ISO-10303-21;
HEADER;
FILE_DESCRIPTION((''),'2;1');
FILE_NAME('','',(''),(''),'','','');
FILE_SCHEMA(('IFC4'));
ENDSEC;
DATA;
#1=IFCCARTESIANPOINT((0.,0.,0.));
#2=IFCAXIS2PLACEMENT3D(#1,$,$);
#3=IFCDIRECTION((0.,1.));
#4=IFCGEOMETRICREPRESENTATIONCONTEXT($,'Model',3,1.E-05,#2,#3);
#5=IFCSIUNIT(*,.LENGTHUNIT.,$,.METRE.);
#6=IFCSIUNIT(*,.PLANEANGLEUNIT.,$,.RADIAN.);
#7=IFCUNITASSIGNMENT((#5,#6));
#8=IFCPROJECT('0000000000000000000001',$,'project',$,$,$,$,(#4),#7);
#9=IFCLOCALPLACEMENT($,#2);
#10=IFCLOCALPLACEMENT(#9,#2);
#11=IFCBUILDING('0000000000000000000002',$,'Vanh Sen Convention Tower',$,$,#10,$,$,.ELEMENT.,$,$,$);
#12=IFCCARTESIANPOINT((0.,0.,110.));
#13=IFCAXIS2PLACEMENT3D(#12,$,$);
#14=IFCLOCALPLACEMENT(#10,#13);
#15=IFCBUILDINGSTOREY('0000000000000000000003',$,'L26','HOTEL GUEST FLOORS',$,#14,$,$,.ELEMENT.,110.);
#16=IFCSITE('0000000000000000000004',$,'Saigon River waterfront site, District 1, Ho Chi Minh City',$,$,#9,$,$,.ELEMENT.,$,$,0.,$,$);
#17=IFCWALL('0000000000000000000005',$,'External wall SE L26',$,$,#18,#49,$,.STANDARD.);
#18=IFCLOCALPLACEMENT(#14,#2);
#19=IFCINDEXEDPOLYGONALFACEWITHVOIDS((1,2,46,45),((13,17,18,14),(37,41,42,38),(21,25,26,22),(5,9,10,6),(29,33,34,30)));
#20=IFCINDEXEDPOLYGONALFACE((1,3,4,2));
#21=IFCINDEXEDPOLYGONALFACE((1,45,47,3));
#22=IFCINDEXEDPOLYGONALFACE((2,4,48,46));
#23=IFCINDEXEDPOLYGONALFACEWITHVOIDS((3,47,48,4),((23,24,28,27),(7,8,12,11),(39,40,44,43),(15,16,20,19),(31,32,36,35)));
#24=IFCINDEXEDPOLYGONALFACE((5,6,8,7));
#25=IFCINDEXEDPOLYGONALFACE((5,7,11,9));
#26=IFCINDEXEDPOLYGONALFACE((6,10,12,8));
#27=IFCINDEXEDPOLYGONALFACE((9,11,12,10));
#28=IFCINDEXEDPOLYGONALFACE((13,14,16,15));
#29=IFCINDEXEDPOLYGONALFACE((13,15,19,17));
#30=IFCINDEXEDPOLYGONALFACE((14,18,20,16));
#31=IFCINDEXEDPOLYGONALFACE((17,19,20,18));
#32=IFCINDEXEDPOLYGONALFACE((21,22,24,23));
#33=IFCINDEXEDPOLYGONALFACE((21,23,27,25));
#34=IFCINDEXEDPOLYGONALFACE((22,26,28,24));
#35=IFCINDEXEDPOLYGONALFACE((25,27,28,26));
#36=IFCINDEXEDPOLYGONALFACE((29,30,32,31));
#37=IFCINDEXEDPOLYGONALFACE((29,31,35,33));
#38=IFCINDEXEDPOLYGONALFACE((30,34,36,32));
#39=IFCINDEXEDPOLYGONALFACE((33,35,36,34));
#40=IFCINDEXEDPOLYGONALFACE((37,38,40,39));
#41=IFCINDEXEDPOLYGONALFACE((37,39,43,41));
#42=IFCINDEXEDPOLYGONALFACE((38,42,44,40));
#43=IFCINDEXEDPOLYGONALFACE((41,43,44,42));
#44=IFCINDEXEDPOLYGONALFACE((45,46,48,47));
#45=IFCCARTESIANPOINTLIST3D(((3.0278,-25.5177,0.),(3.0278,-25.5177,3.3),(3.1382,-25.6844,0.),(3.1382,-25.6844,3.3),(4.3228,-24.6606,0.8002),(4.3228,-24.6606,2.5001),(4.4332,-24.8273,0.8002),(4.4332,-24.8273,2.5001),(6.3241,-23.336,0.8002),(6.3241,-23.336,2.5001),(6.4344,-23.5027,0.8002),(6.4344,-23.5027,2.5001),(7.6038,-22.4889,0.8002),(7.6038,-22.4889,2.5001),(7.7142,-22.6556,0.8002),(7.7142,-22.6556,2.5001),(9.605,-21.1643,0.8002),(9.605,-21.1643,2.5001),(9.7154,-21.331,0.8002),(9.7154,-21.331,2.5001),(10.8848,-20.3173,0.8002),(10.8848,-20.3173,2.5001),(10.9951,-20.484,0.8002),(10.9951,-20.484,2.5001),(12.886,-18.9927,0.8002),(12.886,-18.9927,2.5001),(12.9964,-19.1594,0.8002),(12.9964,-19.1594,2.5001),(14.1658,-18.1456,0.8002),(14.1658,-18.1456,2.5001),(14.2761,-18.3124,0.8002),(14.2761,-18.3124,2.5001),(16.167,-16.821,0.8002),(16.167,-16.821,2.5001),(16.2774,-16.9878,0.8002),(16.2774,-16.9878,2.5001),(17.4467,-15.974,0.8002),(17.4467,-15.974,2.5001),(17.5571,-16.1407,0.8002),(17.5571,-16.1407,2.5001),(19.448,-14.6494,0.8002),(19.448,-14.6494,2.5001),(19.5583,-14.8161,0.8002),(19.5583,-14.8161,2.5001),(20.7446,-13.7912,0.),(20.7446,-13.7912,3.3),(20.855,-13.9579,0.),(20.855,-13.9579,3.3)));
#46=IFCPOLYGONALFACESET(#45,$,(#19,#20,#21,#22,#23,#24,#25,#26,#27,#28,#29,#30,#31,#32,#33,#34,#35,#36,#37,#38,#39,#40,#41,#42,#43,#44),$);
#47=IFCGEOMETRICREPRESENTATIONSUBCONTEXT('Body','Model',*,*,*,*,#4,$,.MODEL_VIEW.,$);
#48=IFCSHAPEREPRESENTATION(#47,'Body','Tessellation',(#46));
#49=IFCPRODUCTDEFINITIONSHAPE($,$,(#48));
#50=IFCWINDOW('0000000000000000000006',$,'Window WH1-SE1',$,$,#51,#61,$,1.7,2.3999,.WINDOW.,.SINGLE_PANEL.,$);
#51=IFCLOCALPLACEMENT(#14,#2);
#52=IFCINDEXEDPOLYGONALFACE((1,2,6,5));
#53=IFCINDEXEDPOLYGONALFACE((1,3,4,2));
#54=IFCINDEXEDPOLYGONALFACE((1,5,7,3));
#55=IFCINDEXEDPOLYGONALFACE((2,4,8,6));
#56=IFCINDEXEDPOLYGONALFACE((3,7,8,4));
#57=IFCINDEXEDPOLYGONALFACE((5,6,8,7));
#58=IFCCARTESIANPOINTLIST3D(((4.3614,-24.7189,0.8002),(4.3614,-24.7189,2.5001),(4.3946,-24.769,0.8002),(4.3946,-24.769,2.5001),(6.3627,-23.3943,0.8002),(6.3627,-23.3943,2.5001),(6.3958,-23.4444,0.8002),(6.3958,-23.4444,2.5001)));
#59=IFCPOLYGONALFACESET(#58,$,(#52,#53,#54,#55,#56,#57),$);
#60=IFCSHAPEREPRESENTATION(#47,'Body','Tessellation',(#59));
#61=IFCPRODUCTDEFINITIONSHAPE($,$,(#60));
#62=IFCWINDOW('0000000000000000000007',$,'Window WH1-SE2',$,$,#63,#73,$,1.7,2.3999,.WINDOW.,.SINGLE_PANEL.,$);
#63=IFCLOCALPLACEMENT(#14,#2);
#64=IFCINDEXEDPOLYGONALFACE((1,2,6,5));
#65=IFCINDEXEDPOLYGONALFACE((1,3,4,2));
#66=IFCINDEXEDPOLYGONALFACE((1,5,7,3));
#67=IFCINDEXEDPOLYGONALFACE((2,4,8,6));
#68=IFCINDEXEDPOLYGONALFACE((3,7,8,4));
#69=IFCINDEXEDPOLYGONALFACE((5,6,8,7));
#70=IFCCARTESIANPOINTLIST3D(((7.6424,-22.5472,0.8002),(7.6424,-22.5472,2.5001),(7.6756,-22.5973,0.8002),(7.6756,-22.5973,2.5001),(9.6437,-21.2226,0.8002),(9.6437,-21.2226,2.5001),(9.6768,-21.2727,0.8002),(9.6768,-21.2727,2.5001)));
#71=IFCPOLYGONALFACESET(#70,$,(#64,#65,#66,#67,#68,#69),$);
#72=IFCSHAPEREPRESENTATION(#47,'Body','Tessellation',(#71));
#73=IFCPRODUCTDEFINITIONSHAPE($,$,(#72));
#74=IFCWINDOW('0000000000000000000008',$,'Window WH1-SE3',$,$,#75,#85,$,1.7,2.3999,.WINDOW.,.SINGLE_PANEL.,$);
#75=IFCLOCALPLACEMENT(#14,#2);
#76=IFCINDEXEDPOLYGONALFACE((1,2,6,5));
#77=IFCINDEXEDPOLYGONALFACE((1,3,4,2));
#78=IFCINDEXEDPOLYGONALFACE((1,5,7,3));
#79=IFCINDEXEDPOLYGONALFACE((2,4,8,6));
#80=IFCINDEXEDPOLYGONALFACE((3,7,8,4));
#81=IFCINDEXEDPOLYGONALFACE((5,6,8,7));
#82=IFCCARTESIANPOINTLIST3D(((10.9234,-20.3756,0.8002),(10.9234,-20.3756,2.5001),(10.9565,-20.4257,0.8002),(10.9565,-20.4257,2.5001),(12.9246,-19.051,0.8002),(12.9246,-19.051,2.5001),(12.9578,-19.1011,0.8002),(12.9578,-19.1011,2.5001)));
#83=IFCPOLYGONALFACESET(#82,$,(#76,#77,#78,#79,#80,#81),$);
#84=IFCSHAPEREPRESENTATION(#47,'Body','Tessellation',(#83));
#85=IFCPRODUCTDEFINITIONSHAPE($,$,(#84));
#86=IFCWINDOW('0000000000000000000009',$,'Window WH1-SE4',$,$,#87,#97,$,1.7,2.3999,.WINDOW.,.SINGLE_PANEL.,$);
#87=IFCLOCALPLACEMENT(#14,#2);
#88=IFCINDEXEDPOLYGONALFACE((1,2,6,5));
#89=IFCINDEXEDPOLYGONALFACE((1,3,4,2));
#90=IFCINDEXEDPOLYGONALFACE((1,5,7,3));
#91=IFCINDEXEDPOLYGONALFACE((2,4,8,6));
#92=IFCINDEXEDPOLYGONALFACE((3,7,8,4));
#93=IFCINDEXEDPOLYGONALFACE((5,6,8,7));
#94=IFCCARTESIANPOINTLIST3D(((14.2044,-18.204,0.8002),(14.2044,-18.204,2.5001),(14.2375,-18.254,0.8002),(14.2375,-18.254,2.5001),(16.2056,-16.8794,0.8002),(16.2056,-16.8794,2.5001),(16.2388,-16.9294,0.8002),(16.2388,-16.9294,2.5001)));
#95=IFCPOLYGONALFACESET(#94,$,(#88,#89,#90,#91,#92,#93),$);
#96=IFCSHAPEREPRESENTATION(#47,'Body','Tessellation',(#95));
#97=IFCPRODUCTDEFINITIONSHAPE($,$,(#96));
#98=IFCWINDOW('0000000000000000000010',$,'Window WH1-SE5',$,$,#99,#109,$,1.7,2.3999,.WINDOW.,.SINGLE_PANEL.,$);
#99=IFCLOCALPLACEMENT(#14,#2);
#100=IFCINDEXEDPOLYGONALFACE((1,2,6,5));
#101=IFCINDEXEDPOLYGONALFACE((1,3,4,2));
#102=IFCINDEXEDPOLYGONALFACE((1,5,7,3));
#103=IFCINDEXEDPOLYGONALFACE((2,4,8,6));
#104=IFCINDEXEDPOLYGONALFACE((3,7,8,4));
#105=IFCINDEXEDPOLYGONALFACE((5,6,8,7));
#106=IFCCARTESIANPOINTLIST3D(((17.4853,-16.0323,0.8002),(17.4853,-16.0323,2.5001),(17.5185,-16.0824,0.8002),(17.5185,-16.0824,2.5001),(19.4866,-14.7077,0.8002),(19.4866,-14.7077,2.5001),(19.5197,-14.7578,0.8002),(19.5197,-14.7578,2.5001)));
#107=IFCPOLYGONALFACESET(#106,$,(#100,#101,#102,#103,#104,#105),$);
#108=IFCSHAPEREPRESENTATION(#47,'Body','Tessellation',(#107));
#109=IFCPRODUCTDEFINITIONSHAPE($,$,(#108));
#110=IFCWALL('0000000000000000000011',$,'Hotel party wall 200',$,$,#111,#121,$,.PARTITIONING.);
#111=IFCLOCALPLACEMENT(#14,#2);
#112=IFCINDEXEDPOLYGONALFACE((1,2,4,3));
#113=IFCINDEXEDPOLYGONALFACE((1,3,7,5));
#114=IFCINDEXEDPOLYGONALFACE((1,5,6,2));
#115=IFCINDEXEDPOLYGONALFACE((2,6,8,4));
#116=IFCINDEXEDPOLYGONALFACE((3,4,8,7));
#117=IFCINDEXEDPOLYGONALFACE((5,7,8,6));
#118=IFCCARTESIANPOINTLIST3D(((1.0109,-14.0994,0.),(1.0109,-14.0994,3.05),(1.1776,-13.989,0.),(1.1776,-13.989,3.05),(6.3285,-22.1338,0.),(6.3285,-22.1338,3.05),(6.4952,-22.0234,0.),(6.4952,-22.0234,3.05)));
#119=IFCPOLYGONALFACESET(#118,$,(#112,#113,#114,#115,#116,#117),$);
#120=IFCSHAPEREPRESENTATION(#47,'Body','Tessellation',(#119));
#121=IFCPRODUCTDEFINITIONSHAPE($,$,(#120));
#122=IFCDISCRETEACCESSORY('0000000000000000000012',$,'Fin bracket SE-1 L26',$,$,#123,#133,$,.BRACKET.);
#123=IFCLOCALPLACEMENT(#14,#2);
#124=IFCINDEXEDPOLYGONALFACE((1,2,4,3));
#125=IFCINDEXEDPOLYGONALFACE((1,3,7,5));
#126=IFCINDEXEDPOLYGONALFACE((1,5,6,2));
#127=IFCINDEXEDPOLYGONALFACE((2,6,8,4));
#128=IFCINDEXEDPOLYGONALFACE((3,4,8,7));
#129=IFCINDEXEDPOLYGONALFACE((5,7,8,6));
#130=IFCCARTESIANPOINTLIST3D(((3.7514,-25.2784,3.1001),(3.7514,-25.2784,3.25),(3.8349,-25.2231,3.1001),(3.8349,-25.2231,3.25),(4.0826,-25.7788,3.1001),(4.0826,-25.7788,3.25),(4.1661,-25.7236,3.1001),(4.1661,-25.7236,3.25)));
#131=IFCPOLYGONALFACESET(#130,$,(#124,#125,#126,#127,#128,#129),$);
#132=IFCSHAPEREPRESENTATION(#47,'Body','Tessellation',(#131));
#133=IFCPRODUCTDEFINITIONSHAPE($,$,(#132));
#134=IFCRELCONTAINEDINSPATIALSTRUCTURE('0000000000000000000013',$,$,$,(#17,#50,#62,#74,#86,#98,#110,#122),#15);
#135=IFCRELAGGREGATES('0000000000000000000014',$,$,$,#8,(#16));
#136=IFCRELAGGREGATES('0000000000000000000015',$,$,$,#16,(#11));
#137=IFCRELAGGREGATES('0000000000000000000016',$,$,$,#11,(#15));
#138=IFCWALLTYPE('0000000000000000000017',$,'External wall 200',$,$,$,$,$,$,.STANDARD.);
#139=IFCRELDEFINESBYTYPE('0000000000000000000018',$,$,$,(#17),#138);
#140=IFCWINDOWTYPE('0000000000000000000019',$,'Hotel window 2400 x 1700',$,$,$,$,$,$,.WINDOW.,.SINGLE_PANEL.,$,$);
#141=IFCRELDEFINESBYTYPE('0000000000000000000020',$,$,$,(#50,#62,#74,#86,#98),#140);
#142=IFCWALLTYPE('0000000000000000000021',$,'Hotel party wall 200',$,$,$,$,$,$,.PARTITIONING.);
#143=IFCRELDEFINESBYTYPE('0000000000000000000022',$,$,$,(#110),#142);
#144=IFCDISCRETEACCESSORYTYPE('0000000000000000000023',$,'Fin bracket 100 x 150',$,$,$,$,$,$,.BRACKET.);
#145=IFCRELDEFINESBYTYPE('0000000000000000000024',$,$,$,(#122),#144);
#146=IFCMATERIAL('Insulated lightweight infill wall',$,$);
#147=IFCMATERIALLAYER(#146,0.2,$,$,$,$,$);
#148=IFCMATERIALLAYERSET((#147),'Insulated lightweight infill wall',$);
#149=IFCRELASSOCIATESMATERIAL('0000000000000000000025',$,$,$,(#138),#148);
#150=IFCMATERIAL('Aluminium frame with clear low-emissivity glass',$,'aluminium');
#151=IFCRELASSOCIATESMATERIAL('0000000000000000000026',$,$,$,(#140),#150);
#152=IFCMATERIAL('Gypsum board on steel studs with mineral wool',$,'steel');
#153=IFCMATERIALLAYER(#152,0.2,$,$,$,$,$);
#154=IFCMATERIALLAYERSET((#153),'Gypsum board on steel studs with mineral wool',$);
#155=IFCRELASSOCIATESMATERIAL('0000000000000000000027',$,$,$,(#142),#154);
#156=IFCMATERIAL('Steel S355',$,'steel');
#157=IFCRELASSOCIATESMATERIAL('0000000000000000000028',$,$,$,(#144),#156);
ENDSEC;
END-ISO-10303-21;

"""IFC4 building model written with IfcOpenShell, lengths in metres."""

from ifc_helpers import new_model, si_unit, direction, frame, frame_2d, origin, origin_2d, place, context, subcontext, project, spatial, rectangle, extrude, material, layer, layer_set, type_object, element, fill, save


model = new_model("IFC4")

# Units and contexts
model_context = context("Model", 3, precision=1e-05, world=origin(), true_north=direction((0.0, 1.0)))
body_context = subcontext(model_context, "Body", "Model", "MODEL_VIEW")
ifc_project = project(units=[si_unit("LENGTHUNIT", "METRE"), si_unit("PLANEANGLEUNIT", "RADIAN")], contexts=[model_context])

# Site, building, storey
site_placement = place(None, origin())
site = spatial("IfcSite", under=ifc_project, at=site_placement, Name="Saigon River waterfront site, District 1, Ho Chi Minh City", CompositionType="ELEMENT", RefElevation=0.0)
building_placement = place(site_placement, origin())
building = spatial("IfcBuilding", under=site, at=building_placement, Name="Vanh Sen Convention Tower", CompositionType="ELEMENT")
storey_placement = place(building_placement, frame((0.0, 0.0, 110.0)))
storey = spatial("IfcBuildingStorey", under=building, at=storey_placement, Name="L26", Description="HOTEL GUEST FLOORS", CompositionType="ELEMENT", Elevation=110.0)

# Shared definitions
ifc_material_1 = material(Name="Gypsum board on steel studs with mineral wool", Category="steel")

# Wall, openings, windows
ifc_material_2 = material(Name="Insulated lightweight infill wall")
ifc_layer_1 = layer(ifc_material_2, 0.2)
ifc_layer_set_1 = layer_set([ifc_layer_1], Name="Insulated lightweight infill wall")
wall_type_1 = type_object("IfcWallType", Name="External wall 200", PredefinedType="STANDARD", material=ifc_layer_set_1)
wall_1_placement = place(storey_placement, frame((3.083, -25.6011, 0.0), z_axis=(0.0, 0.0, 1.0), x_axis=(0.833884, 0.551939, 0.0)))
wall_1 = element("IfcWall", 1, at=wall_1_placement, inside=storey, type_object=wall_type_1, Name="External wall SE L26", PredefinedType="STANDARD", context=body_context, shape_type="SweptSolid", body=[
    extrude(rectangle(XDim=21.2461, YDim=0.2, at=frame_2d((10.623, 0.0))), origin(), (0.0, 0.0, 1.0), 3.3),
])
opening_1_placement = place(wall_1_placement, frame((1.553, 0.0, 0.8)))
opening_1 = element("IfcOpeningElement", 2, at=opening_1_placement, cuts=wall_1, PredefinedType="OPENING", context=body_context, shape_type="SweptSolid", body=[
    extrude(rectangle(XDim=2.3999, YDim=1.7, at=frame_2d((1.2, 0.8501))), frame((0.0, 0.1099, 0.0), z_axis=(0.0, -1.0, 0.0), x_axis=(1.0, 0.0, 0.0)), (0.0, 0.0, 1.0), 0.22),
])
opening_2_placement = place(wall_1_placement, frame((5.4875, 0.0, 0.8)))
opening_2 = element("IfcOpeningElement", 3, at=opening_2_placement, cuts=wall_1, PredefinedType="OPENING", context=body_context, shape_type="SweptSolid", body=[
    extrude(rectangle(XDim=2.3999, YDim=1.7, at=frame_2d((1.2, 0.8501))), frame((0.0, 0.1099, 0.0), z_axis=(0.0, -1.0, 0.0), x_axis=(1.0, 0.0, 0.0)), (0.0, 0.0, 1.0), 0.22),
])
opening_3_placement = place(wall_1_placement, frame((9.4221, 0.0, 0.8)))
opening_3 = element("IfcOpeningElement", 4, at=opening_3_placement, cuts=wall_1, PredefinedType="OPENING", context=body_context, shape_type="SweptSolid", body=[
    extrude(rectangle(XDim=2.3999, YDim=1.7, at=frame_2d((1.2, 0.8501))), frame((0.0, 0.1099, 0.0), z_axis=(0.0, -1.0, 0.0), x_axis=(1.0, 0.0, 0.0)), (0.0, 0.0, 1.0), 0.22),
])
opening_4_placement = place(wall_1_placement, frame((13.3567, 0.0, 0.8)))
opening_4 = element("IfcOpeningElement", 5, at=opening_4_placement, cuts=wall_1, PredefinedType="OPENING", context=body_context, shape_type="SweptSolid", body=[
    extrude(rectangle(XDim=2.3999, YDim=1.7, at=frame_2d((1.2, 0.8501))), frame((0.0, 0.1099, 0.0), z_axis=(0.0, -1.0, 0.0), x_axis=(1.0, 0.0, 0.0)), (0.0, 0.0, 1.0), 0.22),
])
opening_5_placement = place(wall_1_placement, frame((17.2913, 0.0, 0.8)))
opening_5 = element("IfcOpeningElement", 6, at=opening_5_placement, cuts=wall_1, PredefinedType="OPENING", context=body_context, shape_type="SweptSolid", body=[
    extrude(rectangle(XDim=2.3999, YDim=1.7, at=frame_2d((1.2, 0.8501))), frame((0.0, 0.1099, 0.0), z_axis=(0.0, -1.0, 0.0), x_axis=(1.0, 0.0, 0.0)), (0.0, 0.0, 1.0), 0.22),
])
ifc_material_3 = material(Name="Aluminium frame with clear low-emissivity glass", Category="aluminium")
window_type = type_object("IfcWindowType", Name="Hotel window 2400 x 1700", PartitioningType="SINGLE_PANEL", PredefinedType="WINDOW", material=ifc_material_3)
window_1_placement = place(opening_1_placement, origin())
window_1 = element("IfcWindow", 7, at=window_1_placement, inside=storey, type_object=window_type, Name="Window WH1-SE1", OverallHeight=1.7, OverallWidth=2.3999, PartitioningType="SINGLE_PANEL", PredefinedType="WINDOW", context=body_context, shape_type="SweptSolid", body=[
    extrude(rectangle(XDim=2.3999, YDim=1.7, at=frame_2d((1.2, 0.8501))), frame((0.0, 0.03, 0.0), z_axis=(0.0, -1.0, 0.0), x_axis=(1.0, 0.0, 0.0)), (0.0, 0.0, 1.0), 0.0601),
])
fill(opening_1, window_1)
window_2_placement = place(opening_2_placement, origin())
window_2 = element("IfcWindow", 8, at=window_2_placement, inside=storey, type_object=window_type, Name="Window WH1-SE2", OverallHeight=1.7, OverallWidth=2.3999, PartitioningType="SINGLE_PANEL", PredefinedType="WINDOW", context=body_context, shape_type="SweptSolid", body=[
    extrude(rectangle(XDim=2.3999, YDim=1.7, at=frame_2d((1.2, 0.8501))), frame((0.0, 0.03, 0.0), z_axis=(0.0, -1.0, 0.0), x_axis=(1.0, 0.0, 0.0)), (0.0, 0.0, 1.0), 0.0601),
])
fill(opening_2, window_2)
window_3_placement = place(opening_3_placement, origin())
window_3 = element("IfcWindow", 9, at=window_3_placement, inside=storey, type_object=window_type, Name="Window WH1-SE3", OverallHeight=1.7, OverallWidth=2.3999, PartitioningType="SINGLE_PANEL", PredefinedType="WINDOW", context=body_context, shape_type="SweptSolid", body=[
    extrude(rectangle(XDim=2.3999, YDim=1.7, at=frame_2d((1.2, 0.8501))), frame((0.0, 0.03, 0.0), z_axis=(0.0, -1.0, 0.0), x_axis=(1.0, 0.0, 0.0)), (0.0, 0.0, 1.0), 0.0601),
])
fill(opening_3, window_3)
window_4_placement = place(opening_4_placement, origin())
window_4 = element("IfcWindow", 10, at=window_4_placement, inside=storey, type_object=window_type, Name="Window WH1-SE4", OverallHeight=1.7, OverallWidth=2.3999, PartitioningType="SINGLE_PANEL", PredefinedType="WINDOW", context=body_context, shape_type="SweptSolid", body=[
    extrude(rectangle(XDim=2.3999, YDim=1.7, at=frame_2d((1.2, 0.8501))), frame((0.0, 0.03, 0.0), z_axis=(0.0, -1.0, 0.0), x_axis=(1.0, 0.0, 0.0)), (0.0, 0.0, 1.0), 0.0601),
])
fill(opening_4, window_4)
window_5_placement = place(opening_5_placement, origin())
window_5 = element("IfcWindow", 11, at=window_5_placement, inside=storey, type_object=window_type, Name="Window WH1-SE5", OverallHeight=1.7, OverallWidth=2.3999, PartitioningType="SINGLE_PANEL", PredefinedType="WINDOW", context=body_context, shape_type="SweptSolid", body=[
    extrude(rectangle(XDim=2.3999, YDim=1.7, at=frame_2d((1.2, 0.8501))), frame((0.0, 0.03, 0.0), z_axis=(0.0, -1.0, 0.0), x_axis=(1.0, 0.0, 0.0)), (0.0, 0.0, 1.0), 0.0601),
])
fill(opening_5, window_5)

# Wall
ifc_layer_2 = layer(ifc_material_1, 0.2)
ifc_layer_set_2 = layer_set([ifc_layer_2], Name="Gypsum board on steel studs with mineral wool")
wall_type_2 = type_object("IfcWallType", Name="Hotel party wall 200", PredefinedType="PARTITIONING", material=ifc_layer_set_2)
wall_2_placement = place(storey_placement, frame((6.4119, -22.0786, 0.0), z_axis=(0.0, 0.0, 1.0), x_axis=(-0.55192, 0.833897, 0.0)))
element("IfcWall", 12, at=wall_2_placement, inside=storey, type_object=wall_type_2, Name="Hotel party wall 200", PredefinedType="PARTITIONING", context=body_context, shape_type="SweptSolid", body=[
    extrude(rectangle(XDim=9.6348, YDim=0.2, at=frame_2d((4.8174, 0.0))), origin(), (0.0, 0.0, 1.0), 3.05),
])

# Discrete accessory
ifc_material_4 = material(Name="Steel S355", Category="steel")
discrete_accessory_type = type_object("IfcDiscreteAccessoryType", Name="Fin bracket 100 x 150", PredefinedType="BRACKET", material=ifc_material_4)
discrete_accessory_placement = place(storey_placement, frame((3.9587, -25.501, 3.1001), z_axis=(0.0, 0.0, 1.0), x_axis=(0.551937, -0.833886, 0.0)))
element("IfcDiscreteAccessory", 13, at=discrete_accessory_placement, inside=storey, type_object=discrete_accessory_type, Name="Fin bracket SE-1 L26", PredefinedType="BRACKET", context=body_context, shape_type="SweptSolid", body=[
    extrude(rectangle(XDim=0.6001, YDim=0.1001, at=origin_2d()), origin(), (0.0, 0.0, 1.0), 0.1499),
])

save(model, "model.ifc")
